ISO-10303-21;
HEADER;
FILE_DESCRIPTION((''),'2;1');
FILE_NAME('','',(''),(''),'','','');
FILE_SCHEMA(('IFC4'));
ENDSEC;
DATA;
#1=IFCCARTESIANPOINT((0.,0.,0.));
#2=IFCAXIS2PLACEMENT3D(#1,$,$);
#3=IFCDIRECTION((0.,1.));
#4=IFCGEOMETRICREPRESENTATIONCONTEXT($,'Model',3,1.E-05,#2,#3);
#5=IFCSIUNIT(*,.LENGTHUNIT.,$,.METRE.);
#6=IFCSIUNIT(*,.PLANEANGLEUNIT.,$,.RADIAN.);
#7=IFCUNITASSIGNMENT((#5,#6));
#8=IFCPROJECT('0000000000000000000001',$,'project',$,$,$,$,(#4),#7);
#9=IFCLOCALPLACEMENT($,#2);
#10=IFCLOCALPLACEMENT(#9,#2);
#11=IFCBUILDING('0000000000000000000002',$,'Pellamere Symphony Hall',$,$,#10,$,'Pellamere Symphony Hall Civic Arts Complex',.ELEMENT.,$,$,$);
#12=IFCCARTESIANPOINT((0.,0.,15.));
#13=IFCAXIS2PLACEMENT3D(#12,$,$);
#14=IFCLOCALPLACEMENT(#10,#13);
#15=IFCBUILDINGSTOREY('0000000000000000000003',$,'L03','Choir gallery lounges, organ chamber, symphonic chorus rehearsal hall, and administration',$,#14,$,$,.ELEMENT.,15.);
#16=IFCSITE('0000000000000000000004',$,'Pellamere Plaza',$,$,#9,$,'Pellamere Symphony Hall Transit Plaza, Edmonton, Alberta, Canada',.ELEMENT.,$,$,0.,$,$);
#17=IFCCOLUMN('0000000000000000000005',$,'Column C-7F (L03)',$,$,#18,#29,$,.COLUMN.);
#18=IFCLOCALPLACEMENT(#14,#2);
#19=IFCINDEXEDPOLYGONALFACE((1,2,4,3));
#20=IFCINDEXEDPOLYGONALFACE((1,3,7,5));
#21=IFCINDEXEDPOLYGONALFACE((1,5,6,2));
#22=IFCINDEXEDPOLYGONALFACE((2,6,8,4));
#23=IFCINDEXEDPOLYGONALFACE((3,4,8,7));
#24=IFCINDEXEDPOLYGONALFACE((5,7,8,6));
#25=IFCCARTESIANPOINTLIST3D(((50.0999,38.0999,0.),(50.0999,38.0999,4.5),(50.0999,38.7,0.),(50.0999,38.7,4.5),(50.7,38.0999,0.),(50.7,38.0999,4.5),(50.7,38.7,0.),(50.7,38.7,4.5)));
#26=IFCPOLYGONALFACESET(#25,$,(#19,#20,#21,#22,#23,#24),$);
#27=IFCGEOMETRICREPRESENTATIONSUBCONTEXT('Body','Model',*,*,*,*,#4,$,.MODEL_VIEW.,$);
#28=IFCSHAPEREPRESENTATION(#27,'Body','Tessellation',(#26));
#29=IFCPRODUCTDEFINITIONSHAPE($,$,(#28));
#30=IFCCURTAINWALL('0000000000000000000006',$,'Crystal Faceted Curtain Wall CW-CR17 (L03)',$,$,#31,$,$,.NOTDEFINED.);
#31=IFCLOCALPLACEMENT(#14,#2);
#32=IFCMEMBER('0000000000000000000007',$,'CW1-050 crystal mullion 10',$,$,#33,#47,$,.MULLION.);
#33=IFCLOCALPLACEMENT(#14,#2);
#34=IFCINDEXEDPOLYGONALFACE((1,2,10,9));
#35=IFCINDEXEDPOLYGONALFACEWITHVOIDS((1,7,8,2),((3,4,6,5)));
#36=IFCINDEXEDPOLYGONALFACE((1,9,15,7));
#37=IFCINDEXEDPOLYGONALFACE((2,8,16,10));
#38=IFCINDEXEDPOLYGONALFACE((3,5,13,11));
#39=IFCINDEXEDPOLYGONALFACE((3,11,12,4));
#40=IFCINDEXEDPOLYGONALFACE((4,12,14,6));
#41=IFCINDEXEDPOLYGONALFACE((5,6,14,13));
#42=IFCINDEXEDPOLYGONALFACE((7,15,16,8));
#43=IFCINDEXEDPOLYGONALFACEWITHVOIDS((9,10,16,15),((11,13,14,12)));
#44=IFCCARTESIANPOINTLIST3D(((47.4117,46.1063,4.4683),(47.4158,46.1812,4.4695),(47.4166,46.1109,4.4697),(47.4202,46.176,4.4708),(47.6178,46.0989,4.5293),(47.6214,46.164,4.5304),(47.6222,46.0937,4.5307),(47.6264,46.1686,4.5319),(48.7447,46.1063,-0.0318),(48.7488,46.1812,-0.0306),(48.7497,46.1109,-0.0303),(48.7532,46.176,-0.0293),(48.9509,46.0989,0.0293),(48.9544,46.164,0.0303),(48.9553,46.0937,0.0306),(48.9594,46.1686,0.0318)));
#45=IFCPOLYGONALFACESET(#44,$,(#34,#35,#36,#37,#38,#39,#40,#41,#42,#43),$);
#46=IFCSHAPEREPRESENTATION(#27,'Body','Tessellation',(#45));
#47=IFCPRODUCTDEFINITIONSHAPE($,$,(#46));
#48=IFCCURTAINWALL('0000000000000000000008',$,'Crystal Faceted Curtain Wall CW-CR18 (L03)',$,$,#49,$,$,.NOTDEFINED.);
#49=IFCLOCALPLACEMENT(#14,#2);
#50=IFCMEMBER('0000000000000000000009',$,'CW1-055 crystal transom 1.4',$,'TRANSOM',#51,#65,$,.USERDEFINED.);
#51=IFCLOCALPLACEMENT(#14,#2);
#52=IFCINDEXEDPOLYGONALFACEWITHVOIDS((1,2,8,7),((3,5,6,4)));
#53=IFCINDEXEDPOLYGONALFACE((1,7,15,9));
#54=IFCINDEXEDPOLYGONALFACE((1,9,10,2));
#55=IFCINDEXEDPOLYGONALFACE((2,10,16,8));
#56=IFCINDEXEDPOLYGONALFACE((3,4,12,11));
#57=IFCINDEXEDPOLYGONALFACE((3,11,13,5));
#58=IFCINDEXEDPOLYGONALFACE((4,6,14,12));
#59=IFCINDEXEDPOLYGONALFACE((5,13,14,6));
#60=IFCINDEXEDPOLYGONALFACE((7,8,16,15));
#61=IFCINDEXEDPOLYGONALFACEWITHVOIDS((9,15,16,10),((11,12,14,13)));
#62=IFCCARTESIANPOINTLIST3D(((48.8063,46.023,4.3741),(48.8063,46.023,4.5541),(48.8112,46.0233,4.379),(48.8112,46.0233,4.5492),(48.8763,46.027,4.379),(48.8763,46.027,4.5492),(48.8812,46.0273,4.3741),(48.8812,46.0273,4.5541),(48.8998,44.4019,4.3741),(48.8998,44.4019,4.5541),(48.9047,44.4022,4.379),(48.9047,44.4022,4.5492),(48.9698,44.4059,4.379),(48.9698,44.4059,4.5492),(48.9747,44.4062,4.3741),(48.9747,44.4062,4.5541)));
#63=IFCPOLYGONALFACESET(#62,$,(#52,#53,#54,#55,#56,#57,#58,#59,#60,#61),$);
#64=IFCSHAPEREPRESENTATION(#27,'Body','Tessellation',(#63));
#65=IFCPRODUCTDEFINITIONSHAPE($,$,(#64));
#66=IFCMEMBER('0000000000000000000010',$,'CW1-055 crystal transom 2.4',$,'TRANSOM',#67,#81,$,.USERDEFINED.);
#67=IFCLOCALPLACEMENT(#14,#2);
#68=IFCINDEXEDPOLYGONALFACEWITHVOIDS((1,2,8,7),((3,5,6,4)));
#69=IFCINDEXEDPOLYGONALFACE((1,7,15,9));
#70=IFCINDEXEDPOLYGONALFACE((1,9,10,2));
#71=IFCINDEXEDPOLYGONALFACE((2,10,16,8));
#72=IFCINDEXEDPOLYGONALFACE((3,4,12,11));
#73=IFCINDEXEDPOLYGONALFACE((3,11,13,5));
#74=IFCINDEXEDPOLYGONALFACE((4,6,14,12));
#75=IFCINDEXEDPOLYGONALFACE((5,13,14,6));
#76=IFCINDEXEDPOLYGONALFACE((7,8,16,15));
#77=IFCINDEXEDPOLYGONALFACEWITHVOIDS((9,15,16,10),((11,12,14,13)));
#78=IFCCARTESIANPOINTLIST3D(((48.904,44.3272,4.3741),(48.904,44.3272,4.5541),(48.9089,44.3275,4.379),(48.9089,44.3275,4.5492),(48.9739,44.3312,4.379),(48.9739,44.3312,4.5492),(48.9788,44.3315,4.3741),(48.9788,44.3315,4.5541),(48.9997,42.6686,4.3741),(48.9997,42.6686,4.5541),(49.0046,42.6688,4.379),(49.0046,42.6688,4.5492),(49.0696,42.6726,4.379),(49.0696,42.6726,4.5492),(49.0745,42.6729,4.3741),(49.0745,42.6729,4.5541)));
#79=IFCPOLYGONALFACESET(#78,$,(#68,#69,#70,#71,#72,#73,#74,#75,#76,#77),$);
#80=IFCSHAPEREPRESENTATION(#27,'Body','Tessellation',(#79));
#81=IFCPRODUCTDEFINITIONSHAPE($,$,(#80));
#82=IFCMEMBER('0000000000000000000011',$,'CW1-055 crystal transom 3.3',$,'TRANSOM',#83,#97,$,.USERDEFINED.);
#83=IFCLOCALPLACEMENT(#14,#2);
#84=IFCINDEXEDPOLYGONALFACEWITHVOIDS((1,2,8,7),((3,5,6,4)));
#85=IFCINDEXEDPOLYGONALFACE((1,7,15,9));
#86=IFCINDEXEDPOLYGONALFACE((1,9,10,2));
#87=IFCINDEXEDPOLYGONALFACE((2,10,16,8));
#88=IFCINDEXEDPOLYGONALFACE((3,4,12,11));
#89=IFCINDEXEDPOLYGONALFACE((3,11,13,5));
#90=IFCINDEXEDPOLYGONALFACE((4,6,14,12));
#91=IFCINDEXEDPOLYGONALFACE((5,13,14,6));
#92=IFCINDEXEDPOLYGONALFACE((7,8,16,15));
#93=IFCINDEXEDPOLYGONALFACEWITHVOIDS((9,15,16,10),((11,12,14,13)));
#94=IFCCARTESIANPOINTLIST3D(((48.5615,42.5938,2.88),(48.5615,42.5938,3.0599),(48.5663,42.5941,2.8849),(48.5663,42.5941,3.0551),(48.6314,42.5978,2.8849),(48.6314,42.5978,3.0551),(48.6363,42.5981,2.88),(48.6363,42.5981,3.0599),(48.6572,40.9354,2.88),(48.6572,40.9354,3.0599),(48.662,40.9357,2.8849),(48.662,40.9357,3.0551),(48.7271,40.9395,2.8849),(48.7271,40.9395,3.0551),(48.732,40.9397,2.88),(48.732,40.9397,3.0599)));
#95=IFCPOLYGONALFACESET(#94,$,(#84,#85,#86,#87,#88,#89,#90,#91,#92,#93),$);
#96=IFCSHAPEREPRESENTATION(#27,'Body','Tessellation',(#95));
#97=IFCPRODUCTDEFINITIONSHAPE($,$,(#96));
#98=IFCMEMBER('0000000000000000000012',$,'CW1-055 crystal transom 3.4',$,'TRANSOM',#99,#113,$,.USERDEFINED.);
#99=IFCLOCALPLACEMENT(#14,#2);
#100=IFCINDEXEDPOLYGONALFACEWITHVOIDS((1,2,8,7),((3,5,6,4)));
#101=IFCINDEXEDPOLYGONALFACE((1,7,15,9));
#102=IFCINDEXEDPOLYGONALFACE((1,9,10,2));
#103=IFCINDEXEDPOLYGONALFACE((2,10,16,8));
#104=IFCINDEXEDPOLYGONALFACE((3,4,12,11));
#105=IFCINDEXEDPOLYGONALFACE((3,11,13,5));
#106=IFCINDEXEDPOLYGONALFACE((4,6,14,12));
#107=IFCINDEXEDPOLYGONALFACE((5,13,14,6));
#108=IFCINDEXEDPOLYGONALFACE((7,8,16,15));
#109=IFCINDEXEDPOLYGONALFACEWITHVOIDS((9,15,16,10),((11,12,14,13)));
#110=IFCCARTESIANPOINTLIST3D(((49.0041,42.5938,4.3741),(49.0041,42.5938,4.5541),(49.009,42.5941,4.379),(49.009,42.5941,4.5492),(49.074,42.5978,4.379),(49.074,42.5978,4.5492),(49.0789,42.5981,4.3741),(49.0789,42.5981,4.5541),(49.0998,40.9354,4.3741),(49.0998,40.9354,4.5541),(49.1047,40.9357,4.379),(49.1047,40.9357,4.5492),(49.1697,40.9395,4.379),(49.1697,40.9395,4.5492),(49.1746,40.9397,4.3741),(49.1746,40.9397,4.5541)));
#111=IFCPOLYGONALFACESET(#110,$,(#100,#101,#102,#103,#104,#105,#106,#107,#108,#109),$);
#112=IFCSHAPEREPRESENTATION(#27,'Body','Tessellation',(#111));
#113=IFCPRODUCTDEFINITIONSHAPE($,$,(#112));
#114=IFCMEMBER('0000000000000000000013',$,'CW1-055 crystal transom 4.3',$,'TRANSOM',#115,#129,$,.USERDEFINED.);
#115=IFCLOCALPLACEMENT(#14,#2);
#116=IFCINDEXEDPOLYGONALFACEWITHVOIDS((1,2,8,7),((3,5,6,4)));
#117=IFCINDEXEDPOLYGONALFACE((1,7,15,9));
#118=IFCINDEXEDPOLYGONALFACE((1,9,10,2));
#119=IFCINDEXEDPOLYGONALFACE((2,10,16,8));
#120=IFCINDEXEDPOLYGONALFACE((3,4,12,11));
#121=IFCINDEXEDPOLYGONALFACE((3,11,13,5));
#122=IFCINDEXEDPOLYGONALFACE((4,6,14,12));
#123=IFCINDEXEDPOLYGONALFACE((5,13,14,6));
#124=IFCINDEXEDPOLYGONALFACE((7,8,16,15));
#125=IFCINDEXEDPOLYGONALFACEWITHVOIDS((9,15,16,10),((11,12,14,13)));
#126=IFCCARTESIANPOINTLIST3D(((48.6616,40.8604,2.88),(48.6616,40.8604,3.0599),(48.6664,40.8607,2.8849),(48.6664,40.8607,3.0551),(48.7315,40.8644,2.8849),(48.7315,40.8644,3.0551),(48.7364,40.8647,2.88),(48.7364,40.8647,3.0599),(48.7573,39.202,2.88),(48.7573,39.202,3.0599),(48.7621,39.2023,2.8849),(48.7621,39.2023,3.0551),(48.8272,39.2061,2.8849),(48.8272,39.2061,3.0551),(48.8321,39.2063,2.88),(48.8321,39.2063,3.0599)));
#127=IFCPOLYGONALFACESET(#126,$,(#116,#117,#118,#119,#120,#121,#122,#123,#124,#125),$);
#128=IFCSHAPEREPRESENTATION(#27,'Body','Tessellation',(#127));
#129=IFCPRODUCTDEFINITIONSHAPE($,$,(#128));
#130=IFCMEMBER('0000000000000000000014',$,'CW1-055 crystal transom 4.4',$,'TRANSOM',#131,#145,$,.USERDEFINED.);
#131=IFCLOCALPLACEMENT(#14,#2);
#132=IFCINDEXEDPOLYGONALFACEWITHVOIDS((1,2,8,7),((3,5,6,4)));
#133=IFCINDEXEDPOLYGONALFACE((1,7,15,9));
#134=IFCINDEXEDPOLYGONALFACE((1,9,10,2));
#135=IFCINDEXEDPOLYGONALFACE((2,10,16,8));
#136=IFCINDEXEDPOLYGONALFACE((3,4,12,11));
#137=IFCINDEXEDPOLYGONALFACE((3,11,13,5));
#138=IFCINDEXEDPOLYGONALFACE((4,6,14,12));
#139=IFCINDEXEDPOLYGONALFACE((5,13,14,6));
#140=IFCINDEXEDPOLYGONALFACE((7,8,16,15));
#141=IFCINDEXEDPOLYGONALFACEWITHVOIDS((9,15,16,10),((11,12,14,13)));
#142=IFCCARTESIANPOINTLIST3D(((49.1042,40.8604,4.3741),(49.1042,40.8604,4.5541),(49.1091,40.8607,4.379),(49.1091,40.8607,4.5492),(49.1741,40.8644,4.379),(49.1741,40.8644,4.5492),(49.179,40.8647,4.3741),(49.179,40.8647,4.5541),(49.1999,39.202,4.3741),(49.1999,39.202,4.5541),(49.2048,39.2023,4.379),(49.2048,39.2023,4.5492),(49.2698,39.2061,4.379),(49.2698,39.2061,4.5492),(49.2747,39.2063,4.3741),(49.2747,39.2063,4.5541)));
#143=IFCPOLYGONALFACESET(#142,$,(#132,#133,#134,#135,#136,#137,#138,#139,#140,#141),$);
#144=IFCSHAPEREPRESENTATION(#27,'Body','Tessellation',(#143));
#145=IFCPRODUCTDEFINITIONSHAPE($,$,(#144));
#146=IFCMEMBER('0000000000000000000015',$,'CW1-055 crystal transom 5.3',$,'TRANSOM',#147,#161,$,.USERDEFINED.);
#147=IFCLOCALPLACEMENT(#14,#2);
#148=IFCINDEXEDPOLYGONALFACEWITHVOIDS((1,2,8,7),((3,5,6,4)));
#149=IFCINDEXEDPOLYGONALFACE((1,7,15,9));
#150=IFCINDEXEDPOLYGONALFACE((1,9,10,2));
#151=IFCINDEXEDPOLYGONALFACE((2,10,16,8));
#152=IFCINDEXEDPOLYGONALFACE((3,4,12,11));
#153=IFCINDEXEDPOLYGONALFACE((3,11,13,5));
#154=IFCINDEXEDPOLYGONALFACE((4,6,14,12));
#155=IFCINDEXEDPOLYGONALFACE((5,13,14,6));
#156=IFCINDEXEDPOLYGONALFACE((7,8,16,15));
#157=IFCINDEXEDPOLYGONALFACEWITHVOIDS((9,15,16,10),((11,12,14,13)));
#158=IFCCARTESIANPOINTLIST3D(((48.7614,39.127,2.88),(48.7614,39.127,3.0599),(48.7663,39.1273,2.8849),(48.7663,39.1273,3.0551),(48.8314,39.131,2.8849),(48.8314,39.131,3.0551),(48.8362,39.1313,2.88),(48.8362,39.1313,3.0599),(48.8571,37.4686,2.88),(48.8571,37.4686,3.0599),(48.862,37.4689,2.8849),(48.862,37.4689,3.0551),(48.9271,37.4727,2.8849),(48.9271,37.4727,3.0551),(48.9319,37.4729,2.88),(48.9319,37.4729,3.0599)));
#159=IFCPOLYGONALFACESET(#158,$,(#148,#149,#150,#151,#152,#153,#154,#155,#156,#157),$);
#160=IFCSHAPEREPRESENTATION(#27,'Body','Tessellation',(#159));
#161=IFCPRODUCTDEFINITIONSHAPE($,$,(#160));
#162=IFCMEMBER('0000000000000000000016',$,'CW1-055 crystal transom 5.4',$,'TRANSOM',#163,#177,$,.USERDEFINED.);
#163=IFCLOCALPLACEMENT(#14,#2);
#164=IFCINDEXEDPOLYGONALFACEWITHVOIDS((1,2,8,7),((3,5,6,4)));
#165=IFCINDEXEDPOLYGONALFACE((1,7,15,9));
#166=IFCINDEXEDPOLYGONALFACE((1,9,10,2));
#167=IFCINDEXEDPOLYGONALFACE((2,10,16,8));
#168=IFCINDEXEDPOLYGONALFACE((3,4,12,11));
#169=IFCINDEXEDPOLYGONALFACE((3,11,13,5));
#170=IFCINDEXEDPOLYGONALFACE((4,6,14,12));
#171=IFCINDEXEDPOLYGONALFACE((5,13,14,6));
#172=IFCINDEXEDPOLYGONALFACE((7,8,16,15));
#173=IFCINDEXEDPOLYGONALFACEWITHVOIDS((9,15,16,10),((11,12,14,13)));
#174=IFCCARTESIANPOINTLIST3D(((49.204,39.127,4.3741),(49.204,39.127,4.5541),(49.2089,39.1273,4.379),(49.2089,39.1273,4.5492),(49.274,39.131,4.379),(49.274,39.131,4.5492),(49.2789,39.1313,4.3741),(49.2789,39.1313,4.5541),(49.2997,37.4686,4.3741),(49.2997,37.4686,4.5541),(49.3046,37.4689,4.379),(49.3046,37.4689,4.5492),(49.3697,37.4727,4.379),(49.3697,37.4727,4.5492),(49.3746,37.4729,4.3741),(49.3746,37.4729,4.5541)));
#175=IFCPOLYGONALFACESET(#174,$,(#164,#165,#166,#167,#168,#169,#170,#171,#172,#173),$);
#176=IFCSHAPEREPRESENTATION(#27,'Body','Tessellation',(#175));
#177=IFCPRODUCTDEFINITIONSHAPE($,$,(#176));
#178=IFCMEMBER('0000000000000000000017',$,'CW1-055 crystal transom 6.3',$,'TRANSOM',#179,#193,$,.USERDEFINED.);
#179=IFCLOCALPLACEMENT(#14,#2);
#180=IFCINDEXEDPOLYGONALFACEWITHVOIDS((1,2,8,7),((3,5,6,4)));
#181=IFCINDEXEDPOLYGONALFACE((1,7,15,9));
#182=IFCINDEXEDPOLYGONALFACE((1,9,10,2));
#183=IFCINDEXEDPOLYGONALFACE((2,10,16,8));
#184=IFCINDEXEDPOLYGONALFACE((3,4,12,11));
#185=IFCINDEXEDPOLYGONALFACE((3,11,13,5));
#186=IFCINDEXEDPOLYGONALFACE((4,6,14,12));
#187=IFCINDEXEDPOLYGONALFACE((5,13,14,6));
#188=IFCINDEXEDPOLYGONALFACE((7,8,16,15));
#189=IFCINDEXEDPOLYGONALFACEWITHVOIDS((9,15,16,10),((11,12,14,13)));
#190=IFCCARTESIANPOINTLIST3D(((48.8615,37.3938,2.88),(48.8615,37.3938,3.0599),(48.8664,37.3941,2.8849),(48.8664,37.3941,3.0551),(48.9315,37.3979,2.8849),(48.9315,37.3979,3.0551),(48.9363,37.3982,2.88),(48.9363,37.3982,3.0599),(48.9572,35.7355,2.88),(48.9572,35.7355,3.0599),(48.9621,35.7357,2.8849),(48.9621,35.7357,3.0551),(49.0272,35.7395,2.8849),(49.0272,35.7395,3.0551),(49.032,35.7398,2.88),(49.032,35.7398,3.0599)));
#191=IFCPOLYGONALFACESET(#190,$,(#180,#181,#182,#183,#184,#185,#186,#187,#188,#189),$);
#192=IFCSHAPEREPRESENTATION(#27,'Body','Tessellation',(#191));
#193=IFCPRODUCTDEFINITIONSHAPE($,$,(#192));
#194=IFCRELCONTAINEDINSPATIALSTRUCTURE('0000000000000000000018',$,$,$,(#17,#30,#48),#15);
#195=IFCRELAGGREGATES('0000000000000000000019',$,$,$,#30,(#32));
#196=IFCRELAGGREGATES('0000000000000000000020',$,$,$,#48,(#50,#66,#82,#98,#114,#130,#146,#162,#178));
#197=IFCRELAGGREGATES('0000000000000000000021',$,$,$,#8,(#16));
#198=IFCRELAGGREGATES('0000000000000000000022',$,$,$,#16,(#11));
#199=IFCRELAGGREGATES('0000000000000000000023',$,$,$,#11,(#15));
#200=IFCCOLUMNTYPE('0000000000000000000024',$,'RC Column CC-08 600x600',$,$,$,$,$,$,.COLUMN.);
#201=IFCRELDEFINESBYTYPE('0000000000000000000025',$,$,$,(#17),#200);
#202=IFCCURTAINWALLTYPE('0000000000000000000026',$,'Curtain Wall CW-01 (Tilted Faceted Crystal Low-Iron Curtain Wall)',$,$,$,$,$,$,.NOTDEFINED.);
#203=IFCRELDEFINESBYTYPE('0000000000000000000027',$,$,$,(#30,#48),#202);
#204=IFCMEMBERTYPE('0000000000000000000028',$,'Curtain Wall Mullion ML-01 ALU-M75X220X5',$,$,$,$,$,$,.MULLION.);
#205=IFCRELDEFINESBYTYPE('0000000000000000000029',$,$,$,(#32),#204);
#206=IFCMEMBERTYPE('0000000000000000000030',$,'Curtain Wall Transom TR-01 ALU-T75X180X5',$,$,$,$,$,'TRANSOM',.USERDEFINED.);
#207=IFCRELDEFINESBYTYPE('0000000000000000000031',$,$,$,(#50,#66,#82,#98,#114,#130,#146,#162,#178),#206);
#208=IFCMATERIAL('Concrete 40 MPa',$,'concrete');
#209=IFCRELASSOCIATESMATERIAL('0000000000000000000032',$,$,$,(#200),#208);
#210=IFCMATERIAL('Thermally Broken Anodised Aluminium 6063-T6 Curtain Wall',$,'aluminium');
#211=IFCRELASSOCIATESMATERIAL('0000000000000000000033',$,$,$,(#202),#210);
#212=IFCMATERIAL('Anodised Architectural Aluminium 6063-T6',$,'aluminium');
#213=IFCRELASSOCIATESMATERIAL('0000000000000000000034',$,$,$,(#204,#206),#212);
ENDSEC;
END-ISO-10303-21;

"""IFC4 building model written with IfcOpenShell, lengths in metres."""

from ifc_helpers import new_model, si_unit, direction, frame, origin, origin_2d, place, context, subcontext, project, spatial, rectangle, hollow_rectangle, extrude, material, material_profile, profile_set, type_object, element, aggregate, save


model = new_model("IFC4")

# Units and contexts
model_context = context("Model", 3, precision=1e-05, world=origin(), true_north=direction((0.0, 1.0)))
body_context = subcontext(model_context, "Body", "Model", "MODEL_VIEW")
ifc_project = project(units=[si_unit("LENGTHUNIT", "METRE"), si_unit("PLANEANGLEUNIT", "RADIAN")], contexts=[model_context])

# Site, building, storey
site_placement = place(None, origin())
site = spatial("IfcSite", under=ifc_project, at=site_placement, Name="Pellamere Plaza", LongName="Pellamere Symphony Hall Transit Plaza, Edmonton, Alberta, Canada", CompositionType="ELEMENT", RefElevation=0.0)
building_placement = place(site_placement, origin())
building = spatial("IfcBuilding", under=site, at=building_placement, Name="Pellamere Symphony Hall", LongName="Pellamere Symphony Hall Civic Arts Complex", CompositionType="ELEMENT")
storey_placement = place(building_placement, frame((0.0, 0.0, 15.0)))
storey = spatial("IfcBuildingStorey", under=building, at=storey_placement, Name="L03", Description="Choir gallery lounges, organ chamber, symphonic chorus rehearsal hall, and administration", CompositionType="ELEMENT", Elevation=15.0)

# Column
ifc_material_1 = material(Name="Concrete 40 MPa", Category="concrete")
ifc_material_profile_1 = material_profile(ifc_material_1, rectangle(XDim=0.6001, YDim=0.6001, at=origin_2d()), Name="RC 600x600")
ifc_profile_set_1 = profile_set([ifc_material_profile_1], Name="Concrete 40 MPa")
column_type = type_object("IfcColumnType", Name="RC Column CC-08 600x600", PredefinedType="COLUMN", material=ifc_profile_set_1)
column_placement = place(storey_placement, frame((50.3999, 38.3999, 0.0), z_axis=(0.0, 0.0, 1.0), x_axis=(1.0, 0.0, 0.0)))
element("IfcColumn", 1, at=column_placement, inside=storey, type_object=column_type, Name="Column C-7F (L03)", PredefinedType="COLUMN", context=body_context, shape_type="SweptSolid", body=[
    extrude(rectangle(XDim=0.6001, YDim=0.6001, at=origin_2d()), origin(), (0.0, 0.0, 1.0), 4.5),
])

# Curtain wall, member
ifc_material_2 = material(Name="Thermally Broken Anodised Aluminium 6063-T6 Curtain Wall", Category="aluminium")
curtain_wall_type = type_object("IfcCurtainWallType", Name="Curtain Wall CW-01 (Tilted Faceted Crystal Low-Iron Curtain Wall)", PredefinedType="NOTDEFINED", material=ifc_material_2)
curtain_wall_1_placement = place(storey_placement, origin())
curtain_wall_1 = element("IfcCurtainWall", 2, at=curtain_wall_1_placement, inside=storey, type_object=curtain_wall_type, Name="Crystal Faceted Curtain Wall CW-CR17 (L03)", PredefinedType="NOTDEFINED")
ifc_material_3 = material(Name="Anodised Architectural Aluminium 6063-T6", Category="aluminium")
ifc_material_profile_2 = material_profile(ifc_material_3, hollow_rectangle(XDim=0.075, YDim=0.22, WallThickness=0.0049, at=origin_2d()), Name="ALU-M75X220X5")
ifc_profile_set_2 = profile_set([ifc_material_profile_2], Name="Anodised Architectural Aluminium 6063-T6")
member_type_1 = type_object("IfcMemberType", Name="Curtain Wall Mullion ML-01 ALU-M75X220X5", PredefinedType="MULLION", material=ifc_profile_set_2)
member_1_placement = place(storey_placement, frame((48.8521, 46.1375, 0.0), z_axis=(-0.284025, 0.0, 0.958817), x_axis=(-0.054874, -0.998361, -0.016255)))
member_1 = element("IfcMember", 3, at=member_1_placement, type_object=member_type_1, Name="CW1-050 crystal mullion 10", PredefinedType="MULLION", context=body_context, shape_type="SweptSolid", body=[
    extrude(hollow_rectangle(XDim=0.075, YDim=0.22, WallThickness=0.0049, at=origin_2d()), origin(), (0.0, 0.0, 1.0), 4.6934),
])
aggregate(curtain_wall_1, [member_1])

# Curtain wall, members
curtain_wall_2_placement = place(storey_placement, origin())
curtain_wall_2 = element("IfcCurtainWall", 4, at=curtain_wall_2_placement, inside=storey, type_object=curtain_wall_type, Name="Crystal Faceted Curtain Wall CW-CR18 (L03)", PredefinedType="NOTDEFINED")
ifc_material_profile_3 = material_profile(ifc_material_3, hollow_rectangle(XDim=0.075, YDim=0.1799, WallThickness=0.0049, at=origin_2d()), Name="ALU-T75X180X5")
ifc_profile_set_3 = profile_set([ifc_material_profile_3], Name="Anodised Architectural Aluminium 6063-T6")
member_type_2 = type_object("IfcMemberType", Name="Curtain Wall Transom TR-01 ALU-T75X180X5", ElementType="TRANSOM", PredefinedType="USERDEFINED", material=ifc_profile_set_3)
member_2_placement = place(storey_placement, frame((48.8438, 46.0251, 4.4641), z_axis=(0.057585, -0.998341, 0.0), x_axis=(0.998341, 0.057585, 0.0)))
member_2 = element("IfcMember", 5, at=member_2_placement, type_object=member_type_2, Name="CW1-055 crystal transom 1.4", ObjectType="TRANSOM", PredefinedType="USERDEFINED", context=body_context, shape_type="SweptSolid", body=[
    extrude(hollow_rectangle(XDim=0.075, YDim=0.1799, WallThickness=0.0049, at=origin_2d()), origin(), (0.0, 0.0, 1.0), 1.6238),
])
member_3_placement = place(storey_placement, frame((48.9414, 44.3293, 4.4641), z_axis=(0.057602, -0.99834, 0.0), x_axis=(0.99834, 0.057602, 0.0)))
member_3 = element("IfcMember", 6, at=member_3_placement, type_object=member_type_2, Name="CW1-055 crystal transom 2.4", ObjectType="TRANSOM", PredefinedType="USERDEFINED", context=body_context, shape_type="SweptSolid", body=[
    extrude(hollow_rectangle(XDim=0.075, YDim=0.1799, WallThickness=0.0049, at=origin_2d()), origin(), (0.0, 0.0, 1.0), 1.6614),
])
member_4_placement = place(storey_placement, frame((48.5989, 42.5959, 2.97), z_axis=(0.057611, -0.998339, 0.0), x_axis=(0.998339, 0.057611, 0.0)))
member_4 = element("IfcMember", 7, at=member_4_placement, type_object=member_type_2, Name="CW1-055 crystal transom 3.3", ObjectType="TRANSOM", PredefinedType="USERDEFINED", context=body_context, shape_type="SweptSolid", body=[
    extrude(hollow_rectangle(XDim=0.075, YDim=0.1799, WallThickness=0.0049, at=origin_2d()), origin(), (0.0, 0.0, 1.0), 1.6611),
])
member_5_placement = place(storey_placement, frame((49.0415, 42.5959, 4.4641), z_axis=(0.057611, -0.998339, 0.0), x_axis=(0.998339, 0.057611, 0.0)))
member_5 = element("IfcMember", 8, at=member_5_placement, type_object=member_type_2, Name="CW1-055 crystal transom 3.4", ObjectType="TRANSOM", PredefinedType="USERDEFINED", context=body_context, shape_type="SweptSolid", body=[
    extrude(hollow_rectangle(XDim=0.075, YDim=0.1799, WallThickness=0.0049, at=origin_2d()), origin(), (0.0, 0.0, 1.0), 1.6611),
])
member_6_placement = place(storey_placement, frame((48.699, 40.8625, 2.97), z_axis=(0.057611, -0.998339, 0.0), x_axis=(0.998339, 0.057611, 0.0)))
member_6 = element("IfcMember", 9, at=member_6_placement, type_object=member_type_2, Name="CW1-055 crystal transom 4.3", ObjectType="TRANSOM", PredefinedType="USERDEFINED", context=body_context, shape_type="SweptSolid", body=[
    extrude(hollow_rectangle(XDim=0.075, YDim=0.1799, WallThickness=0.0049, at=origin_2d()), origin(), (0.0, 0.0, 1.0), 1.6611),
])
member_7_placement = place(storey_placement, frame((49.1416, 40.8625, 4.4641), z_axis=(0.057611, -0.998339, 0.0), x_axis=(0.998339, 0.057611, 0.0)))
member_7 = element("IfcMember", 10, at=member_7_placement, type_object=member_type_2, Name="CW1-055 crystal transom 4.4", ObjectType="TRANSOM", PredefinedType="USERDEFINED", context=body_context, shape_type="SweptSolid", body=[
    extrude(hollow_rectangle(XDim=0.075, YDim=0.1799, WallThickness=0.0049, at=origin_2d()), origin(), (0.0, 0.0, 1.0), 1.6611),
])
member_8_placement = place(storey_placement, frame((48.7988, 39.1292, 2.97), z_axis=(0.057611, -0.998339, 0.0), x_axis=(0.998339, 0.057611, 0.0)))
member_8 = element("IfcMember", 11, at=member_8_placement, type_object=member_type_2, Name="CW1-055 crystal transom 5.3", ObjectType="TRANSOM", PredefinedType="USERDEFINED", context=body_context, shape_type="SweptSolid", body=[
    extrude(hollow_rectangle(XDim=0.075, YDim=0.1799, WallThickness=0.0049, at=origin_2d()), origin(), (0.0, 0.0, 1.0), 1.6611),
])
member_9_placement = place(storey_placement, frame((49.2415, 39.1292, 4.4641), z_axis=(0.057611, -0.998339, 0.0), x_axis=(0.998339, 0.057611, 0.0)))
member_9 = element("IfcMember", 12, at=member_9_placement, type_object=member_type_2, Name="CW1-055 crystal transom 5.4", ObjectType="TRANSOM", PredefinedType="USERDEFINED", context=body_context, shape_type="SweptSolid", body=[
    extrude(hollow_rectangle(XDim=0.075, YDim=0.1799, WallThickness=0.0049, at=origin_2d()), origin(), (0.0, 0.0, 1.0), 1.6611),
])
member_10_placement = place(storey_placement, frame((48.8989, 37.396, 2.97), z_axis=(0.057611, -0.998339, 0.0), x_axis=(0.998339, 0.057611, 0.0)))
member_10 = element("IfcMember", 13, at=member_10_placement, type_object=member_type_2, Name="CW1-055 crystal transom 6.3", ObjectType="TRANSOM", PredefinedType="USERDEFINED", context=body_context, shape_type="SweptSolid", body=[
    extrude(hollow_rectangle(XDim=0.075, YDim=0.1799, WallThickness=0.0049, at=origin_2d()), origin(), (0.0, 0.0, 1.0), 1.6611),
])

aggregate(curtain_wall_2, [member_2, member_3, member_4, member_5, member_6, member_7, member_8, member_9, member_10])

save(model, "model.ifc")
